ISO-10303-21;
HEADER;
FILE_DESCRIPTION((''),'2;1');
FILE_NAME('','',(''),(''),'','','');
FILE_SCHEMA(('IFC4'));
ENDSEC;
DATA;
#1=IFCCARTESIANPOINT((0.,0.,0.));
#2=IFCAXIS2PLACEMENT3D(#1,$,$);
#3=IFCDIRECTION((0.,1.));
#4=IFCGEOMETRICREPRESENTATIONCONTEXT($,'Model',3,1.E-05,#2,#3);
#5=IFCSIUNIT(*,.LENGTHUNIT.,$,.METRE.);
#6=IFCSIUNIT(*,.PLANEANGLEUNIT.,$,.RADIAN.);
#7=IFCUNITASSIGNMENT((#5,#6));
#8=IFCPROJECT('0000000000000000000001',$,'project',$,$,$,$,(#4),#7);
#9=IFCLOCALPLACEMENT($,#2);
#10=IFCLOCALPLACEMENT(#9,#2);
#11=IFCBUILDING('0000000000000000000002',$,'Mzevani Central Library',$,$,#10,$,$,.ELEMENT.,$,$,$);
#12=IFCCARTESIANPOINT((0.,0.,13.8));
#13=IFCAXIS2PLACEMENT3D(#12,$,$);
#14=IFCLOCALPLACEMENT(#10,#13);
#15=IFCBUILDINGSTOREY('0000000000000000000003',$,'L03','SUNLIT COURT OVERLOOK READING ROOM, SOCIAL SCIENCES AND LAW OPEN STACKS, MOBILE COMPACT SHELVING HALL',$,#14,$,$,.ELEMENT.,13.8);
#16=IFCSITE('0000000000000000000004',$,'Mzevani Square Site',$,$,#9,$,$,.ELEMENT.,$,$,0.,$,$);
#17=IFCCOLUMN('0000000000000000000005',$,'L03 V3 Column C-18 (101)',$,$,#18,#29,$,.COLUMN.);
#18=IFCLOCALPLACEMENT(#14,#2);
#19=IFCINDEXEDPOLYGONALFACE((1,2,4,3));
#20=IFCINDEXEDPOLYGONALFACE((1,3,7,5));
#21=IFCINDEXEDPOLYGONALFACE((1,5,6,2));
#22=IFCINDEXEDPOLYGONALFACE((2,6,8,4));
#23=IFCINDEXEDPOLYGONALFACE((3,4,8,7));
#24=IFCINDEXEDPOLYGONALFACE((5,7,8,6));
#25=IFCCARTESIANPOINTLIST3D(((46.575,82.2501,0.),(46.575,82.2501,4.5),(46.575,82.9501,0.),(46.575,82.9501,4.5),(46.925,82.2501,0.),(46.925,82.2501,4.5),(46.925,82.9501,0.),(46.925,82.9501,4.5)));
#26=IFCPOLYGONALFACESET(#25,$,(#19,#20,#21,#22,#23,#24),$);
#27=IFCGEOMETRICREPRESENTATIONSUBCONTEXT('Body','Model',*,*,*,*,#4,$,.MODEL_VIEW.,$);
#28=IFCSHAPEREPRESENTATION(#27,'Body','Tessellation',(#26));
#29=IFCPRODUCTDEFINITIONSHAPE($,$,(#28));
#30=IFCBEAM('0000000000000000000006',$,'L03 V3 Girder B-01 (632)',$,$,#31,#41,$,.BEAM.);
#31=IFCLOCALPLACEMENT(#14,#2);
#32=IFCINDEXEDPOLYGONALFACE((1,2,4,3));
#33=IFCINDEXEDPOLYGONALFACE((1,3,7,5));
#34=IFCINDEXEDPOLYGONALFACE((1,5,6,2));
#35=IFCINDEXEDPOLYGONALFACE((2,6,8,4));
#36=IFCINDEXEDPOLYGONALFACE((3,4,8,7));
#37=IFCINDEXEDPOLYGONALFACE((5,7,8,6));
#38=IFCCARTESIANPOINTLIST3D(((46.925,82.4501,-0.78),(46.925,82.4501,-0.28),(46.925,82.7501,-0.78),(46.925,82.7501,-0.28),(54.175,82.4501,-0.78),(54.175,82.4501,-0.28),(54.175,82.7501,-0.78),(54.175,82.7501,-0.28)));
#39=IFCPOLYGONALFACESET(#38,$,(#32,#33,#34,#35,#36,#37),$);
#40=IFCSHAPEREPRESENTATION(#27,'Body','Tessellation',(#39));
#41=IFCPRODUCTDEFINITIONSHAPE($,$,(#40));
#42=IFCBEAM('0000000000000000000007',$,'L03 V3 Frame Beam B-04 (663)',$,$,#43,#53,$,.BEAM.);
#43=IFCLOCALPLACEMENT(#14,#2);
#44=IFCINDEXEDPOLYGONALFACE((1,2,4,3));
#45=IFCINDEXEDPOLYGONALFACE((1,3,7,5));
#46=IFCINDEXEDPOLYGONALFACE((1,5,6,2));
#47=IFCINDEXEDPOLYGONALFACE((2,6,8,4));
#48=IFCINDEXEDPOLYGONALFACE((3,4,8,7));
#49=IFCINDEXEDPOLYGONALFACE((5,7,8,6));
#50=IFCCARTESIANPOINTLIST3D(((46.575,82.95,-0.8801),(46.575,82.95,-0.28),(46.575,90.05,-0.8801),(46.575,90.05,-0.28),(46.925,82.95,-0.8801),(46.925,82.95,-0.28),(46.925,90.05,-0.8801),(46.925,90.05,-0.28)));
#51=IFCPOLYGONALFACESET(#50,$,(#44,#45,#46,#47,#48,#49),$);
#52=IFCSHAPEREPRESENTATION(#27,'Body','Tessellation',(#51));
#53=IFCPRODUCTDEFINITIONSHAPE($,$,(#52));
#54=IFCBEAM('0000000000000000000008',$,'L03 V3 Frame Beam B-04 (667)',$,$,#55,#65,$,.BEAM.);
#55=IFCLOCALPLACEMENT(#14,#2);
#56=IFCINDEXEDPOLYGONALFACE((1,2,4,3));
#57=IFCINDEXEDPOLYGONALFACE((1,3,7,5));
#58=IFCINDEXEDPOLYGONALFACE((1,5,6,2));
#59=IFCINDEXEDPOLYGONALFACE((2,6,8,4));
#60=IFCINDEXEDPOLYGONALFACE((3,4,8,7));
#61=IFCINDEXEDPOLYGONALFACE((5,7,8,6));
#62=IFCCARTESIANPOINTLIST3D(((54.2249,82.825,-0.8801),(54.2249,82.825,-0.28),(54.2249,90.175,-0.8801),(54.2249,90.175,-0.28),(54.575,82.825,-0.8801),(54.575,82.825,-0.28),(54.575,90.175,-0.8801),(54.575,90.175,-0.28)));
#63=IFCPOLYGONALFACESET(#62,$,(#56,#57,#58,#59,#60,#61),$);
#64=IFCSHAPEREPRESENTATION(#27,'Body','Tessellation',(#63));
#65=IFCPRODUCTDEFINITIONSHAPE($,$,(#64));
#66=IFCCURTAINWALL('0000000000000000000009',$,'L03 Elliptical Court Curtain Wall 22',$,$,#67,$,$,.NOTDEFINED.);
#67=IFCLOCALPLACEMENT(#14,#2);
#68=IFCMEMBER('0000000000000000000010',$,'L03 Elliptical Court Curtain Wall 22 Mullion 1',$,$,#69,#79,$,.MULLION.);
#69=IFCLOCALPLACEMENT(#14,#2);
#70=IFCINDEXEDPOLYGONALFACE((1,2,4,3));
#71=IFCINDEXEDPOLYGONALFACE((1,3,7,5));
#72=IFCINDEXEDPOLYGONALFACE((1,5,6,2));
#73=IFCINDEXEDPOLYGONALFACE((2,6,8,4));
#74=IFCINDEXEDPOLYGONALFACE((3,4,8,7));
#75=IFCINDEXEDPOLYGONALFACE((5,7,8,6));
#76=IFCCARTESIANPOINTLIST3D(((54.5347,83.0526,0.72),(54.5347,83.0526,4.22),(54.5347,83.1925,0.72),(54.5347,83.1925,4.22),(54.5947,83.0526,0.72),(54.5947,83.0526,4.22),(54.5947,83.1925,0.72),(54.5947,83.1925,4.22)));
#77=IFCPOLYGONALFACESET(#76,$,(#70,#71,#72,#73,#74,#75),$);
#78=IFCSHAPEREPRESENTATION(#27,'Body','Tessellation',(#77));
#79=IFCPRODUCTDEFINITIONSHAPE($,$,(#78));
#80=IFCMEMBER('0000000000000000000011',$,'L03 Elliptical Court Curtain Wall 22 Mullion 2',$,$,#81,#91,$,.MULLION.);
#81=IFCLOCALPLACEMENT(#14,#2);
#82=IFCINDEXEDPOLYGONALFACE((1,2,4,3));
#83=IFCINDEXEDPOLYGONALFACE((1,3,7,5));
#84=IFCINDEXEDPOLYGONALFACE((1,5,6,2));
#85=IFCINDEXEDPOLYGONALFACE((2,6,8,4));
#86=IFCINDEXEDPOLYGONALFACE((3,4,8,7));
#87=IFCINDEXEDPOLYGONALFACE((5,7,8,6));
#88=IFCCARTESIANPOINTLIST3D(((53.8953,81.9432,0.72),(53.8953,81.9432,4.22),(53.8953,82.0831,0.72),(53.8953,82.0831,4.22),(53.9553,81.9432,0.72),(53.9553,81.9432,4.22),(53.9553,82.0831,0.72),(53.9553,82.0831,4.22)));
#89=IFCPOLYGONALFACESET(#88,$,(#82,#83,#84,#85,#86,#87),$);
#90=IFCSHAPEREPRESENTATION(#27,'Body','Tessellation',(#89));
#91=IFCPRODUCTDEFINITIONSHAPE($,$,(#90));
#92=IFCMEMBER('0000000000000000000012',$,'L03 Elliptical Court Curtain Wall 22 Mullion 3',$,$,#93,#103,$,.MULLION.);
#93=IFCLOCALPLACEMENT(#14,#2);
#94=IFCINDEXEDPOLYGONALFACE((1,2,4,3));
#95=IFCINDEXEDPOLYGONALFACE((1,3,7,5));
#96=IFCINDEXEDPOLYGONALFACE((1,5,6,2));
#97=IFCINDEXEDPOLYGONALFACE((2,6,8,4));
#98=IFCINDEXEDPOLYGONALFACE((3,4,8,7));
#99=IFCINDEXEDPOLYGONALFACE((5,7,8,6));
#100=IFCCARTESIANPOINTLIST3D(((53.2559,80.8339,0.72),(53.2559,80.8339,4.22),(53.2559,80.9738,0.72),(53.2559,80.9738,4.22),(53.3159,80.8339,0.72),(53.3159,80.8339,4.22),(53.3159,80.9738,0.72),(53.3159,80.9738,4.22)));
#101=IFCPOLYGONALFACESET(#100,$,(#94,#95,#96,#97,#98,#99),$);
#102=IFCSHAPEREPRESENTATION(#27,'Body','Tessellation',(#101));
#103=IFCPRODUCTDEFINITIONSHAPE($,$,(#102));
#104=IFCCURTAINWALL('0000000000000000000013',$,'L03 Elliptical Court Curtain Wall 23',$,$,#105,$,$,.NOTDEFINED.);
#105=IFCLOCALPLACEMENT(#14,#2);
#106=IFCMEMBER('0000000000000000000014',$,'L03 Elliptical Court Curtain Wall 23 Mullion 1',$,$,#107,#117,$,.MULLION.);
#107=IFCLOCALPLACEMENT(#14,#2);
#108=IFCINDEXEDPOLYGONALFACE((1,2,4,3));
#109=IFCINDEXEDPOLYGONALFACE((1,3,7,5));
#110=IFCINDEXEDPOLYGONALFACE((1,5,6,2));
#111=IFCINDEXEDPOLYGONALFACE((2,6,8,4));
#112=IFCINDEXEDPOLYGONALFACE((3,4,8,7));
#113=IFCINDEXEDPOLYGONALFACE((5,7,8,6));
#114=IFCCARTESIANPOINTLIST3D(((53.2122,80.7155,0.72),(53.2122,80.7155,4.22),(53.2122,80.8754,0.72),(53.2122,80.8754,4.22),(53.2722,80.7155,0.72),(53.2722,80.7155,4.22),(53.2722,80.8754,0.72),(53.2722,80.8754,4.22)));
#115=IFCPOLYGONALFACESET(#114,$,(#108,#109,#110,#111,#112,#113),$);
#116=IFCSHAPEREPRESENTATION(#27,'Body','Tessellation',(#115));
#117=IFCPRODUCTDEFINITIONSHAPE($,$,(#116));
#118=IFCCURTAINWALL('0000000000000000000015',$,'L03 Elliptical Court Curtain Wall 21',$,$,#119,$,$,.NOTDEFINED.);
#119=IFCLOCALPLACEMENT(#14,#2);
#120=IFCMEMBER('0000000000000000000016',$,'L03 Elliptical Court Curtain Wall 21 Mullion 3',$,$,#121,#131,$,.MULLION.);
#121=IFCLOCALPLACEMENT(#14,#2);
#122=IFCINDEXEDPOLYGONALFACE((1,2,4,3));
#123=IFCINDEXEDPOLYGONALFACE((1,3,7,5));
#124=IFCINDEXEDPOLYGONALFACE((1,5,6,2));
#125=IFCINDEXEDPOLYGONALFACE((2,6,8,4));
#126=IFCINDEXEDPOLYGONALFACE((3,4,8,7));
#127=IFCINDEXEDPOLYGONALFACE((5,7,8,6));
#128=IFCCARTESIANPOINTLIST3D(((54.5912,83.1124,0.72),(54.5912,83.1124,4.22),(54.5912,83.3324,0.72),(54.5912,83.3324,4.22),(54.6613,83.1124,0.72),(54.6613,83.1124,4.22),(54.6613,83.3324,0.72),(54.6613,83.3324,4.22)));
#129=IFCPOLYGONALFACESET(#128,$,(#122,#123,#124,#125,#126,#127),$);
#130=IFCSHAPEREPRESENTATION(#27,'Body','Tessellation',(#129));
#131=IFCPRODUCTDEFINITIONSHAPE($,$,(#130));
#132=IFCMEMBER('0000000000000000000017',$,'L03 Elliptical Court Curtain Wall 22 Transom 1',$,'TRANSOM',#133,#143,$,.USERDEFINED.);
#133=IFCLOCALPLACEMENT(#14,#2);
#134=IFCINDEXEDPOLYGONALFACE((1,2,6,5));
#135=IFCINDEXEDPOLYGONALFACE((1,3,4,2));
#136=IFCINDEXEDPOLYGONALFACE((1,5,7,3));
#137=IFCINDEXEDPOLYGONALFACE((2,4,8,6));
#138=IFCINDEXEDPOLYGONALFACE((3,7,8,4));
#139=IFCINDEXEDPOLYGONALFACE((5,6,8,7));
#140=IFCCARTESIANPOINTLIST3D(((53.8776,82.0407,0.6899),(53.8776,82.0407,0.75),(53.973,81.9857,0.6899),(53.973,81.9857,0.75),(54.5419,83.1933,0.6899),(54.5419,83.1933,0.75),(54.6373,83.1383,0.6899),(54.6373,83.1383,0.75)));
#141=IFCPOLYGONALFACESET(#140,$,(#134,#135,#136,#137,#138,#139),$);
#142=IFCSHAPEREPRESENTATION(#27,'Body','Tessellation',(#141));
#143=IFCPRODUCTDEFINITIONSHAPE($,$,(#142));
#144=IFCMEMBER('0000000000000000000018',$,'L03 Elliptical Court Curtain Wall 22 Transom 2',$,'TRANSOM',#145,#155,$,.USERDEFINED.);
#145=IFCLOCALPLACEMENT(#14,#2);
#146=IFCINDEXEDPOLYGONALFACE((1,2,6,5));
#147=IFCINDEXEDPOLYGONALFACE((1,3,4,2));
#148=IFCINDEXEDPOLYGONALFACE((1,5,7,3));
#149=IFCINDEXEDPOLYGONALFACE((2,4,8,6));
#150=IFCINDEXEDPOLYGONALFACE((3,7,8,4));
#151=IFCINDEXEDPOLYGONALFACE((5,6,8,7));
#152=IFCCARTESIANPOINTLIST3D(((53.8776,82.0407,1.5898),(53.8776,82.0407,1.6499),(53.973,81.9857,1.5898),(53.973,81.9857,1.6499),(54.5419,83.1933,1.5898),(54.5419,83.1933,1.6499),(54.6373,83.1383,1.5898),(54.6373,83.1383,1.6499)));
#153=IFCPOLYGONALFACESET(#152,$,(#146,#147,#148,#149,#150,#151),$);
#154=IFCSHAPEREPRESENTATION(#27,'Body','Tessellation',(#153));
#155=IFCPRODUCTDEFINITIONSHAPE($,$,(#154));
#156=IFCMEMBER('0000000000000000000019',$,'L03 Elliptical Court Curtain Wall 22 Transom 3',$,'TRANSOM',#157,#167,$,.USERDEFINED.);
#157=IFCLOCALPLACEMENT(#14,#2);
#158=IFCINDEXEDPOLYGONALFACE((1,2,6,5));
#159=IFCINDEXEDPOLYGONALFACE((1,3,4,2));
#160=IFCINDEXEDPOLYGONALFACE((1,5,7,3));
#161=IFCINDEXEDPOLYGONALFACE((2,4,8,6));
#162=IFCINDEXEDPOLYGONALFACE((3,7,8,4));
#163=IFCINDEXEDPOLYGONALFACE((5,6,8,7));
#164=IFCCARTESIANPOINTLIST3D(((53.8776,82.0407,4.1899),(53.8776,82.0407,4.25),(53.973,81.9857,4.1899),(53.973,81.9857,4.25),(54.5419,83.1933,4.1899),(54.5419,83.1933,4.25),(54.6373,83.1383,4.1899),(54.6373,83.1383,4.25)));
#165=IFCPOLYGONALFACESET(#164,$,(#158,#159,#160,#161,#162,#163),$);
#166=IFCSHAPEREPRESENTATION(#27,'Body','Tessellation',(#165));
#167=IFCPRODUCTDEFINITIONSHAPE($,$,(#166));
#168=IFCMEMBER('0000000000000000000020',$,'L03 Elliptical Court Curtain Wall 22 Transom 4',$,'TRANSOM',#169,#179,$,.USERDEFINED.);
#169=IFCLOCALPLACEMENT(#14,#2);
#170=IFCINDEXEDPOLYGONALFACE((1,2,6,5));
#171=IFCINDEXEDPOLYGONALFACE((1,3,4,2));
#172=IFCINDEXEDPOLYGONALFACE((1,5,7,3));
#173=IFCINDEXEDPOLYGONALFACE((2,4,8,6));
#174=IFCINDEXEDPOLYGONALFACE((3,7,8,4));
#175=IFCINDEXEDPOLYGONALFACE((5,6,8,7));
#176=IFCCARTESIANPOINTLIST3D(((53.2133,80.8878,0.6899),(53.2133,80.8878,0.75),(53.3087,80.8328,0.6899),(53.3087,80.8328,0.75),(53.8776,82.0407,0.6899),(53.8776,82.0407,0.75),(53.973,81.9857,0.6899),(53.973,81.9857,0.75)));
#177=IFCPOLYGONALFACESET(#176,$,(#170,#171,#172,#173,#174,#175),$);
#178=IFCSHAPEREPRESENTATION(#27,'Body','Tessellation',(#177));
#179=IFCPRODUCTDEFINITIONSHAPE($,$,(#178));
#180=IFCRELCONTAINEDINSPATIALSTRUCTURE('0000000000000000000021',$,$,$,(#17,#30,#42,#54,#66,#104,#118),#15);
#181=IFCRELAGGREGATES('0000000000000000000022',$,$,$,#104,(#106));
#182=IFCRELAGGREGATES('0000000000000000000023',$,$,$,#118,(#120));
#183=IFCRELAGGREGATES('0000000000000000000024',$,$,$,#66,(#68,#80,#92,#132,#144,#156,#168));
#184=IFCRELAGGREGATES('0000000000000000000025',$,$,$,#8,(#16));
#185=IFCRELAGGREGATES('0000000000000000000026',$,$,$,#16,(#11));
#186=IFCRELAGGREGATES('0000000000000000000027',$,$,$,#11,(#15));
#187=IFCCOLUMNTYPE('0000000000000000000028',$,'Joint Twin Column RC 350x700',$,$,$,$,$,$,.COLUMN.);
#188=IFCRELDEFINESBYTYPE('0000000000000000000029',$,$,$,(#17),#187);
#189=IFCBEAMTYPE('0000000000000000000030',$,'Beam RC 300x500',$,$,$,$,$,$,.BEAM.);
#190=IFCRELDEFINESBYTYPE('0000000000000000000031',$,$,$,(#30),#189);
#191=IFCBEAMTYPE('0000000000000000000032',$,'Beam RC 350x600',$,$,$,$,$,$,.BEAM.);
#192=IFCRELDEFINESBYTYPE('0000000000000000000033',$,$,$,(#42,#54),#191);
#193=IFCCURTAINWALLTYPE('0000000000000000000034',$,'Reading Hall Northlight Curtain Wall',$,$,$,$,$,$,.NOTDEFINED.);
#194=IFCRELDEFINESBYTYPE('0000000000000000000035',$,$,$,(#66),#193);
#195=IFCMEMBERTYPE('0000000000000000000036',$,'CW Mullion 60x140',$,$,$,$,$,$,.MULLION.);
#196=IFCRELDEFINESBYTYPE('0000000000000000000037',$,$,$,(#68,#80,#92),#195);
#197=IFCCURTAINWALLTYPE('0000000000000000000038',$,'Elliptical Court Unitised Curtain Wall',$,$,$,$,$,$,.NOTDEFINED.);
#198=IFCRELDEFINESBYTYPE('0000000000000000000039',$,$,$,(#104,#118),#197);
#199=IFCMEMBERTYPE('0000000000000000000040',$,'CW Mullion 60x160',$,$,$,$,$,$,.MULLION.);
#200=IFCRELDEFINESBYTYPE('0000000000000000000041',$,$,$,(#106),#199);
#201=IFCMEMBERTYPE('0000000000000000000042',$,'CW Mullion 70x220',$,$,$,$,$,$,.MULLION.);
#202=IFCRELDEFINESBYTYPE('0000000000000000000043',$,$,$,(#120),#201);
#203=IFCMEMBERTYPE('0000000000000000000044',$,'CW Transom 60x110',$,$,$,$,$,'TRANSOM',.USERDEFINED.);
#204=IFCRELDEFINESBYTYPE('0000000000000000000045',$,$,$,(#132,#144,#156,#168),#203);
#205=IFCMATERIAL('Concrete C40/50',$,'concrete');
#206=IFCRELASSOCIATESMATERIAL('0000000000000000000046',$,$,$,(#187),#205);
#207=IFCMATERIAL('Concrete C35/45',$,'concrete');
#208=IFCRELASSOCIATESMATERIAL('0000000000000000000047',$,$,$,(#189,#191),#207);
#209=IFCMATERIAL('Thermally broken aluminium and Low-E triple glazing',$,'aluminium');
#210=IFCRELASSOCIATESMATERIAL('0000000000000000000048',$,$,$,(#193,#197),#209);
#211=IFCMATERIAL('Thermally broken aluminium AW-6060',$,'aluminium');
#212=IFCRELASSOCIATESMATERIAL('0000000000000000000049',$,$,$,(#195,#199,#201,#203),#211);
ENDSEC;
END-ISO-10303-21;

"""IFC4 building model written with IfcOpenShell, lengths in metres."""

from ifc_helpers import new_model, si_unit, direction, frame, origin, origin_2d, place, context, subcontext, project, spatial, rectangle, extrude, material, material_profile, profile_set, type_object, element, aggregate, save


model = new_model("IFC4")

# Units and contexts
model_context = context("Model", 3, precision=1e-05, world=origin(), true_north=direction((0.0, 1.0)))
body_context = subcontext(model_context, "Body", "Model", "MODEL_VIEW")
ifc_project = project(units=[si_unit("LENGTHUNIT", "METRE"), si_unit("PLANEANGLEUNIT", "RADIAN")], contexts=[model_context])

# Site, building, storey
site_placement = place(None, origin())
site = spatial("IfcSite", under=ifc_project, at=site_placement, Name="Mzevani Square Site", CompositionType="ELEMENT", RefElevation=0.0)
building_placement = place(site_placement, origin())
building = spatial("IfcBuilding", under=site, at=building_placement, Name="Mzevani Central Library", CompositionType="ELEMENT")
storey_placement = place(building_placement, frame((0.0, 0.0, 13.8)))
storey = spatial("IfcBuildingStorey", under=building, at=storey_placement, Name="L03", Description="SUNLIT COURT OVERLOOK READING ROOM, SOCIAL SCIENCES AND LAW OPEN STACKS, MOBILE COMPACT SHELVING HALL", CompositionType="ELEMENT", Elevation=13.8)

# Column
ifc_material_1 = material(Name="Concrete C40/50", Category="concrete")
ifc_material_profile_1 = material_profile(ifc_material_1, rectangle(XDim=0.3501, YDim=0.7, at=origin_2d()), Name="RC 350x700")
ifc_profile_set_1 = profile_set([ifc_material_profile_1], Name="Concrete C40/50")
column_type = type_object("IfcColumnType", Name="Joint Twin Column RC 350x700", PredefinedType="COLUMN", material=ifc_profile_set_1)
column_placement = place(storey_placement, frame((46.75, 82.6001, 0.0), z_axis=(0.0, 0.0, 1.0), x_axis=(1.0, 0.0, 0.0)))
element("IfcColumn", 1, at=column_placement, inside=storey, type_object=column_type, Name="L03 V3 Column C-18 (101)", PredefinedType="COLUMN", context=body_context, shape_type="SweptSolid", body=[
    extrude(rectangle(XDim=0.3501, YDim=0.7, at=origin_2d()), origin(), (0.0, 0.0, 1.0), 4.5),
])

# Beams
ifc_material_2 = material(Name="Concrete C35/45", Category="concrete")
ifc_material_profile_2 = material_profile(ifc_material_2, rectangle(XDim=0.3, YDim=0.5, at=origin_2d()), Name="RC B300x500")
ifc_profile_set_2 = profile_set([ifc_material_profile_2], Name="Concrete C35/45")
beam_type_1 = type_object("IfcBeamType", Name="Beam RC 300x500", PredefinedType="BEAM", material=ifc_profile_set_2)
beam_1_placement = place(storey_placement, frame((46.925, 82.6001, -0.53), z_axis=(1.0, 0.0, 0.0), x_axis=(0.0, 1.0, 0.0)))
element("IfcBeam", 2, at=beam_1_placement, inside=storey, type_object=beam_type_1, Name="L03 V3 Girder B-01 (632)", PredefinedType="BEAM", context=body_context, shape_type="SweptSolid", body=[
    extrude(rectangle(XDim=0.3, YDim=0.5, at=origin_2d()), origin(), (0.0, 0.0, 1.0), 7.25),
])
ifc_material_profile_3 = material_profile(ifc_material_2, rectangle(XDim=0.3501, YDim=0.6001, at=origin_2d()), Name="RC B350x600")
ifc_profile_set_3 = profile_set([ifc_material_profile_3], Name="Concrete C35/45")
beam_type_2 = type_object("IfcBeamType", Name="Beam RC 350x600", PredefinedType="BEAM", material=ifc_profile_set_3)
beam_2_placement = place(storey_placement, frame((46.75, 82.95, -0.5801), z_axis=(0.0, 1.0, 0.0), x_axis=(-1.0, 0.0, 0.0)))
element("IfcBeam", 3, at=beam_2_placement, inside=storey, type_object=beam_type_2, Name="L03 V3 Frame Beam B-04 (663)", PredefinedType="BEAM", context=body_context, shape_type="SweptSolid", body=[
    extrude(rectangle(XDim=0.3501, YDim=0.6001, at=origin_2d()), origin(), (0.0, 0.0, 1.0), 7.1001),
])
beam_3_placement = place(storey_placement, frame((54.3999, 82.825, -0.5801), z_axis=(0.0, 1.0, 0.0), x_axis=(-1.0, 0.0, 0.0)))
element("IfcBeam", 4, at=beam_3_placement, inside=storey, type_object=beam_type_2, Name="L03 V3 Frame Beam B-04 (667)", PredefinedType="BEAM", context=body_context, shape_type="SweptSolid", body=[
    extrude(rectangle(XDim=0.3501, YDim=0.6001, at=origin_2d()), origin(), (0.0, 0.0, 1.0), 7.3501),
])

# Curtain wall, members
ifc_material_3 = material(Name="Thermally broken aluminium and Low-E triple glazing", Category="aluminium")
curtain_wall_type_1 = type_object("IfcCurtainWallType", Name="Reading Hall Northlight Curtain Wall", PredefinedType="NOTDEFINED", material=ifc_material_3)
curtain_wall_1_placement = place(storey_placement, origin())
curtain_wall_1 = element("IfcCurtainWall", 5, at=curtain_wall_1_placement, inside=storey, type_object=curtain_wall_type_1, Name="L03 Elliptical Court Curtain Wall 22", PredefinedType="NOTDEFINED")
ifc_material_4 = material(Name="Thermally broken aluminium AW-6060", Category="aluminium")
ifc_material_profile_4 = material_profile(ifc_material_4, rectangle(XDim=0.0601, YDim=0.1399, at=origin_2d()), Name="ALU M60x140")
ifc_profile_set_4 = profile_set([ifc_material_profile_4], Name="Thermally broken aluminium AW-6060")
member_type_1 = type_object("IfcMemberType", Name="CW Mullion 60x140", PredefinedType="MULLION", material=ifc_profile_set_4)
member_1_placement = place(storey_placement, frame((54.5647, 83.1226, 0.72), z_axis=(0.0, 0.0, 1.0), x_axis=(1.0, 0.0, 0.0)))
member_1 = element("IfcMember", 6, at=member_1_placement, type_object=member_type_1, Name="L03 Elliptical Court Curtain Wall 22 Mullion 1", PredefinedType="MULLION", context=body_context, shape_type="SweptSolid", body=[
    extrude(rectangle(XDim=0.0601, YDim=0.1399, at=origin_2d()), origin(), (0.0, 0.0, 1.0), 3.5),
])
member_2_placement = place(storey_placement, frame((53.9253, 82.0132, 0.72), z_axis=(0.0, 0.0, 1.0), x_axis=(1.0, 0.0, 0.0)))
member_2 = element("IfcMember", 7, at=member_2_placement, type_object=member_type_1, Name="L03 Elliptical Court Curtain Wall 22 Mullion 2", PredefinedType="MULLION", context=body_context, shape_type="SweptSolid", body=[
    extrude(rectangle(XDim=0.0601, YDim=0.1399, at=origin_2d()), origin(), (0.0, 0.0, 1.0), 3.5),
])
member_3_placement = place(storey_placement, frame((53.2859, 80.9038, 0.72), z_axis=(0.0, 0.0, 1.0), x_axis=(1.0, 0.0, 0.0)))
member_3 = element("IfcMember", 8, at=member_3_placement, type_object=member_type_1, Name="L03 Elliptical Court Curtain Wall 22 Mullion 3", PredefinedType="MULLION", context=body_context, shape_type="SweptSolid", body=[
    extrude(rectangle(XDim=0.0601, YDim=0.1399, at=origin_2d()), origin(), (0.0, 0.0, 1.0), 3.5),
])

# Curtain walls, members
curtain_wall_type_2 = type_object("IfcCurtainWallType", Name="Elliptical Court Unitised Curtain Wall", PredefinedType="NOTDEFINED", material=ifc_material_3)
curtain_wall_2_placement = place(storey_placement, origin())
curtain_wall_2 = element("IfcCurtainWall", 9, at=curtain_wall_2_placement, inside=storey, type_object=curtain_wall_type_2, Name="L03 Elliptical Court Curtain Wall 23", PredefinedType="NOTDEFINED")
ifc_material_profile_5 = material_profile(ifc_material_4, rectangle(XDim=0.0601, YDim=0.1599, at=origin_2d()), Name="ALU M60x160")
ifc_profile_set_5 = profile_set([ifc_material_profile_5], Name="Thermally broken aluminium AW-6060")
member_type_2 = type_object("IfcMemberType", Name="CW Mullion 60x160", PredefinedType="MULLION", material=ifc_profile_set_5)
member_4_placement = place(storey_placement, frame((53.2422, 80.7954, 0.72), z_axis=(0.0, 0.0, 1.0), x_axis=(1.0, 0.0, 0.0)))
member_4 = element("IfcMember", 10, at=member_4_placement, type_object=member_type_2, Name="L03 Elliptical Court Curtain Wall 23 Mullion 1", PredefinedType="MULLION", context=body_context, shape_type="SweptSolid", body=[
    extrude(rectangle(XDim=0.0601, YDim=0.1599, at=origin_2d()), origin(), (0.0, 0.0, 1.0), 3.5),
])
curtain_wall_3_placement = place(storey_placement, origin())
curtain_wall_3 = element("IfcCurtainWall", 11, at=curtain_wall_3_placement, inside=storey, type_object=curtain_wall_type_2, Name="L03 Elliptical Court Curtain Wall 21", PredefinedType="NOTDEFINED")
ifc_material_profile_6 = material_profile(ifc_material_4, rectangle(XDim=0.0701, YDim=0.22, at=origin_2d()), Name="ALU M70x220")
ifc_profile_set_6 = profile_set([ifc_material_profile_6], Name="Thermally broken aluminium AW-6060")
member_type_3 = type_object("IfcMemberType", Name="CW Mullion 70x220", PredefinedType="MULLION", material=ifc_profile_set_6)
member_5_placement = place(storey_placement, frame((54.6262, 83.2224, 0.72), z_axis=(0.0, 0.0, 1.0), x_axis=(1.0, 0.0, 0.0)))
member_5 = element("IfcMember", 12, at=member_5_placement, type_object=member_type_3, Name="L03 Elliptical Court Curtain Wall 21 Mullion 3", PredefinedType="MULLION", context=body_context, shape_type="SweptSolid", body=[
    extrude(rectangle(XDim=0.0701, YDim=0.22, at=origin_2d()), origin(), (0.0, 0.0, 1.0), 3.5),
])

# Members
ifc_material_profile_7 = material_profile(ifc_material_4, rectangle(XDim=0.1101, YDim=0.0601, at=origin_2d()), Name="ALU T60x110")
ifc_profile_set_7 = profile_set([ifc_material_profile_7], Name="Thermally broken aluminium AW-6060")
member_type_4 = type_object("IfcMemberType", Name="CW Transom 60x110", ElementType="TRANSOM", PredefinedType="USERDEFINED", material=ifc_profile_set_7)
member_6_placement = place(storey_placement, frame((54.5896, 83.1658, 0.72), z_axis=(-0.499357, -0.866396, 0.0), x_axis=(0.866396, -0.499357, 0.0)))
member_6 = element("IfcMember", 13, at=member_6_placement, type_object=member_type_4, Name="L03 Elliptical Court Curtain Wall 22 Transom 1", ObjectType="TRANSOM", PredefinedType="USERDEFINED", context=body_context, shape_type="SweptSolid", body=[
    extrude(rectangle(XDim=0.1101, YDim=0.0601, at=origin_2d()), origin(), (0.0, 0.0, 1.0), 1.3303),
])
member_7_placement = place(storey_placement, frame((54.5896, 83.1658, 1.6199), z_axis=(-0.499357, -0.866396, 0.0), x_axis=(0.866396, -0.499357, 0.0)))
member_7 = element("IfcMember", 14, at=member_7_placement, type_object=member_type_4, Name="L03 Elliptical Court Curtain Wall 22 Transom 2", ObjectType="TRANSOM", PredefinedType="USERDEFINED", context=body_context, shape_type="SweptSolid", body=[
    extrude(rectangle(XDim=0.1101, YDim=0.0601, at=origin_2d()), origin(), (0.0, 0.0, 1.0), 1.3303),
])
member_8_placement = place(storey_placement, frame((54.5896, 83.1658, 4.22), z_axis=(-0.499357, -0.866396, 0.0), x_axis=(0.866396, -0.499357, 0.0)))
member_8 = element("IfcMember", 15, at=member_8_placement, type_object=member_type_4, Name="L03 Elliptical Court Curtain Wall 22 Transom 3", ObjectType="TRANSOM", PredefinedType="USERDEFINED", context=body_context, shape_type="SweptSolid", body=[
    extrude(rectangle(XDim=0.1101, YDim=0.0601, at=origin_2d()), origin(), (0.0, 0.0, 1.0), 1.3303),
])
member_9_placement = place(storey_placement, frame((53.9253, 82.0132, 0.72), z_axis=(-0.499278, -0.866442, 0.0), x_axis=(0.866442, -0.499278, 0.0)))
member_9 = element("IfcMember", 16, at=member_9_placement, type_object=member_type_4, Name="L03 Elliptical Court Curtain Wall 22 Transom 4", ObjectType="TRANSOM", PredefinedType="USERDEFINED", context=body_context, shape_type="SweptSolid", body=[
    extrude(rectangle(XDim=0.1101, YDim=0.0601, at=origin_2d()), origin(), (0.0, 0.0, 1.0), 1.3306),
])
aggregate(curtain_wall_2, [member_4])

aggregate(curtain_wall_3, [member_5])
aggregate(curtain_wall_1, [member_1, member_2, member_3, member_6, member_7, member_8, member_9])

save(model, "model.ifc")
